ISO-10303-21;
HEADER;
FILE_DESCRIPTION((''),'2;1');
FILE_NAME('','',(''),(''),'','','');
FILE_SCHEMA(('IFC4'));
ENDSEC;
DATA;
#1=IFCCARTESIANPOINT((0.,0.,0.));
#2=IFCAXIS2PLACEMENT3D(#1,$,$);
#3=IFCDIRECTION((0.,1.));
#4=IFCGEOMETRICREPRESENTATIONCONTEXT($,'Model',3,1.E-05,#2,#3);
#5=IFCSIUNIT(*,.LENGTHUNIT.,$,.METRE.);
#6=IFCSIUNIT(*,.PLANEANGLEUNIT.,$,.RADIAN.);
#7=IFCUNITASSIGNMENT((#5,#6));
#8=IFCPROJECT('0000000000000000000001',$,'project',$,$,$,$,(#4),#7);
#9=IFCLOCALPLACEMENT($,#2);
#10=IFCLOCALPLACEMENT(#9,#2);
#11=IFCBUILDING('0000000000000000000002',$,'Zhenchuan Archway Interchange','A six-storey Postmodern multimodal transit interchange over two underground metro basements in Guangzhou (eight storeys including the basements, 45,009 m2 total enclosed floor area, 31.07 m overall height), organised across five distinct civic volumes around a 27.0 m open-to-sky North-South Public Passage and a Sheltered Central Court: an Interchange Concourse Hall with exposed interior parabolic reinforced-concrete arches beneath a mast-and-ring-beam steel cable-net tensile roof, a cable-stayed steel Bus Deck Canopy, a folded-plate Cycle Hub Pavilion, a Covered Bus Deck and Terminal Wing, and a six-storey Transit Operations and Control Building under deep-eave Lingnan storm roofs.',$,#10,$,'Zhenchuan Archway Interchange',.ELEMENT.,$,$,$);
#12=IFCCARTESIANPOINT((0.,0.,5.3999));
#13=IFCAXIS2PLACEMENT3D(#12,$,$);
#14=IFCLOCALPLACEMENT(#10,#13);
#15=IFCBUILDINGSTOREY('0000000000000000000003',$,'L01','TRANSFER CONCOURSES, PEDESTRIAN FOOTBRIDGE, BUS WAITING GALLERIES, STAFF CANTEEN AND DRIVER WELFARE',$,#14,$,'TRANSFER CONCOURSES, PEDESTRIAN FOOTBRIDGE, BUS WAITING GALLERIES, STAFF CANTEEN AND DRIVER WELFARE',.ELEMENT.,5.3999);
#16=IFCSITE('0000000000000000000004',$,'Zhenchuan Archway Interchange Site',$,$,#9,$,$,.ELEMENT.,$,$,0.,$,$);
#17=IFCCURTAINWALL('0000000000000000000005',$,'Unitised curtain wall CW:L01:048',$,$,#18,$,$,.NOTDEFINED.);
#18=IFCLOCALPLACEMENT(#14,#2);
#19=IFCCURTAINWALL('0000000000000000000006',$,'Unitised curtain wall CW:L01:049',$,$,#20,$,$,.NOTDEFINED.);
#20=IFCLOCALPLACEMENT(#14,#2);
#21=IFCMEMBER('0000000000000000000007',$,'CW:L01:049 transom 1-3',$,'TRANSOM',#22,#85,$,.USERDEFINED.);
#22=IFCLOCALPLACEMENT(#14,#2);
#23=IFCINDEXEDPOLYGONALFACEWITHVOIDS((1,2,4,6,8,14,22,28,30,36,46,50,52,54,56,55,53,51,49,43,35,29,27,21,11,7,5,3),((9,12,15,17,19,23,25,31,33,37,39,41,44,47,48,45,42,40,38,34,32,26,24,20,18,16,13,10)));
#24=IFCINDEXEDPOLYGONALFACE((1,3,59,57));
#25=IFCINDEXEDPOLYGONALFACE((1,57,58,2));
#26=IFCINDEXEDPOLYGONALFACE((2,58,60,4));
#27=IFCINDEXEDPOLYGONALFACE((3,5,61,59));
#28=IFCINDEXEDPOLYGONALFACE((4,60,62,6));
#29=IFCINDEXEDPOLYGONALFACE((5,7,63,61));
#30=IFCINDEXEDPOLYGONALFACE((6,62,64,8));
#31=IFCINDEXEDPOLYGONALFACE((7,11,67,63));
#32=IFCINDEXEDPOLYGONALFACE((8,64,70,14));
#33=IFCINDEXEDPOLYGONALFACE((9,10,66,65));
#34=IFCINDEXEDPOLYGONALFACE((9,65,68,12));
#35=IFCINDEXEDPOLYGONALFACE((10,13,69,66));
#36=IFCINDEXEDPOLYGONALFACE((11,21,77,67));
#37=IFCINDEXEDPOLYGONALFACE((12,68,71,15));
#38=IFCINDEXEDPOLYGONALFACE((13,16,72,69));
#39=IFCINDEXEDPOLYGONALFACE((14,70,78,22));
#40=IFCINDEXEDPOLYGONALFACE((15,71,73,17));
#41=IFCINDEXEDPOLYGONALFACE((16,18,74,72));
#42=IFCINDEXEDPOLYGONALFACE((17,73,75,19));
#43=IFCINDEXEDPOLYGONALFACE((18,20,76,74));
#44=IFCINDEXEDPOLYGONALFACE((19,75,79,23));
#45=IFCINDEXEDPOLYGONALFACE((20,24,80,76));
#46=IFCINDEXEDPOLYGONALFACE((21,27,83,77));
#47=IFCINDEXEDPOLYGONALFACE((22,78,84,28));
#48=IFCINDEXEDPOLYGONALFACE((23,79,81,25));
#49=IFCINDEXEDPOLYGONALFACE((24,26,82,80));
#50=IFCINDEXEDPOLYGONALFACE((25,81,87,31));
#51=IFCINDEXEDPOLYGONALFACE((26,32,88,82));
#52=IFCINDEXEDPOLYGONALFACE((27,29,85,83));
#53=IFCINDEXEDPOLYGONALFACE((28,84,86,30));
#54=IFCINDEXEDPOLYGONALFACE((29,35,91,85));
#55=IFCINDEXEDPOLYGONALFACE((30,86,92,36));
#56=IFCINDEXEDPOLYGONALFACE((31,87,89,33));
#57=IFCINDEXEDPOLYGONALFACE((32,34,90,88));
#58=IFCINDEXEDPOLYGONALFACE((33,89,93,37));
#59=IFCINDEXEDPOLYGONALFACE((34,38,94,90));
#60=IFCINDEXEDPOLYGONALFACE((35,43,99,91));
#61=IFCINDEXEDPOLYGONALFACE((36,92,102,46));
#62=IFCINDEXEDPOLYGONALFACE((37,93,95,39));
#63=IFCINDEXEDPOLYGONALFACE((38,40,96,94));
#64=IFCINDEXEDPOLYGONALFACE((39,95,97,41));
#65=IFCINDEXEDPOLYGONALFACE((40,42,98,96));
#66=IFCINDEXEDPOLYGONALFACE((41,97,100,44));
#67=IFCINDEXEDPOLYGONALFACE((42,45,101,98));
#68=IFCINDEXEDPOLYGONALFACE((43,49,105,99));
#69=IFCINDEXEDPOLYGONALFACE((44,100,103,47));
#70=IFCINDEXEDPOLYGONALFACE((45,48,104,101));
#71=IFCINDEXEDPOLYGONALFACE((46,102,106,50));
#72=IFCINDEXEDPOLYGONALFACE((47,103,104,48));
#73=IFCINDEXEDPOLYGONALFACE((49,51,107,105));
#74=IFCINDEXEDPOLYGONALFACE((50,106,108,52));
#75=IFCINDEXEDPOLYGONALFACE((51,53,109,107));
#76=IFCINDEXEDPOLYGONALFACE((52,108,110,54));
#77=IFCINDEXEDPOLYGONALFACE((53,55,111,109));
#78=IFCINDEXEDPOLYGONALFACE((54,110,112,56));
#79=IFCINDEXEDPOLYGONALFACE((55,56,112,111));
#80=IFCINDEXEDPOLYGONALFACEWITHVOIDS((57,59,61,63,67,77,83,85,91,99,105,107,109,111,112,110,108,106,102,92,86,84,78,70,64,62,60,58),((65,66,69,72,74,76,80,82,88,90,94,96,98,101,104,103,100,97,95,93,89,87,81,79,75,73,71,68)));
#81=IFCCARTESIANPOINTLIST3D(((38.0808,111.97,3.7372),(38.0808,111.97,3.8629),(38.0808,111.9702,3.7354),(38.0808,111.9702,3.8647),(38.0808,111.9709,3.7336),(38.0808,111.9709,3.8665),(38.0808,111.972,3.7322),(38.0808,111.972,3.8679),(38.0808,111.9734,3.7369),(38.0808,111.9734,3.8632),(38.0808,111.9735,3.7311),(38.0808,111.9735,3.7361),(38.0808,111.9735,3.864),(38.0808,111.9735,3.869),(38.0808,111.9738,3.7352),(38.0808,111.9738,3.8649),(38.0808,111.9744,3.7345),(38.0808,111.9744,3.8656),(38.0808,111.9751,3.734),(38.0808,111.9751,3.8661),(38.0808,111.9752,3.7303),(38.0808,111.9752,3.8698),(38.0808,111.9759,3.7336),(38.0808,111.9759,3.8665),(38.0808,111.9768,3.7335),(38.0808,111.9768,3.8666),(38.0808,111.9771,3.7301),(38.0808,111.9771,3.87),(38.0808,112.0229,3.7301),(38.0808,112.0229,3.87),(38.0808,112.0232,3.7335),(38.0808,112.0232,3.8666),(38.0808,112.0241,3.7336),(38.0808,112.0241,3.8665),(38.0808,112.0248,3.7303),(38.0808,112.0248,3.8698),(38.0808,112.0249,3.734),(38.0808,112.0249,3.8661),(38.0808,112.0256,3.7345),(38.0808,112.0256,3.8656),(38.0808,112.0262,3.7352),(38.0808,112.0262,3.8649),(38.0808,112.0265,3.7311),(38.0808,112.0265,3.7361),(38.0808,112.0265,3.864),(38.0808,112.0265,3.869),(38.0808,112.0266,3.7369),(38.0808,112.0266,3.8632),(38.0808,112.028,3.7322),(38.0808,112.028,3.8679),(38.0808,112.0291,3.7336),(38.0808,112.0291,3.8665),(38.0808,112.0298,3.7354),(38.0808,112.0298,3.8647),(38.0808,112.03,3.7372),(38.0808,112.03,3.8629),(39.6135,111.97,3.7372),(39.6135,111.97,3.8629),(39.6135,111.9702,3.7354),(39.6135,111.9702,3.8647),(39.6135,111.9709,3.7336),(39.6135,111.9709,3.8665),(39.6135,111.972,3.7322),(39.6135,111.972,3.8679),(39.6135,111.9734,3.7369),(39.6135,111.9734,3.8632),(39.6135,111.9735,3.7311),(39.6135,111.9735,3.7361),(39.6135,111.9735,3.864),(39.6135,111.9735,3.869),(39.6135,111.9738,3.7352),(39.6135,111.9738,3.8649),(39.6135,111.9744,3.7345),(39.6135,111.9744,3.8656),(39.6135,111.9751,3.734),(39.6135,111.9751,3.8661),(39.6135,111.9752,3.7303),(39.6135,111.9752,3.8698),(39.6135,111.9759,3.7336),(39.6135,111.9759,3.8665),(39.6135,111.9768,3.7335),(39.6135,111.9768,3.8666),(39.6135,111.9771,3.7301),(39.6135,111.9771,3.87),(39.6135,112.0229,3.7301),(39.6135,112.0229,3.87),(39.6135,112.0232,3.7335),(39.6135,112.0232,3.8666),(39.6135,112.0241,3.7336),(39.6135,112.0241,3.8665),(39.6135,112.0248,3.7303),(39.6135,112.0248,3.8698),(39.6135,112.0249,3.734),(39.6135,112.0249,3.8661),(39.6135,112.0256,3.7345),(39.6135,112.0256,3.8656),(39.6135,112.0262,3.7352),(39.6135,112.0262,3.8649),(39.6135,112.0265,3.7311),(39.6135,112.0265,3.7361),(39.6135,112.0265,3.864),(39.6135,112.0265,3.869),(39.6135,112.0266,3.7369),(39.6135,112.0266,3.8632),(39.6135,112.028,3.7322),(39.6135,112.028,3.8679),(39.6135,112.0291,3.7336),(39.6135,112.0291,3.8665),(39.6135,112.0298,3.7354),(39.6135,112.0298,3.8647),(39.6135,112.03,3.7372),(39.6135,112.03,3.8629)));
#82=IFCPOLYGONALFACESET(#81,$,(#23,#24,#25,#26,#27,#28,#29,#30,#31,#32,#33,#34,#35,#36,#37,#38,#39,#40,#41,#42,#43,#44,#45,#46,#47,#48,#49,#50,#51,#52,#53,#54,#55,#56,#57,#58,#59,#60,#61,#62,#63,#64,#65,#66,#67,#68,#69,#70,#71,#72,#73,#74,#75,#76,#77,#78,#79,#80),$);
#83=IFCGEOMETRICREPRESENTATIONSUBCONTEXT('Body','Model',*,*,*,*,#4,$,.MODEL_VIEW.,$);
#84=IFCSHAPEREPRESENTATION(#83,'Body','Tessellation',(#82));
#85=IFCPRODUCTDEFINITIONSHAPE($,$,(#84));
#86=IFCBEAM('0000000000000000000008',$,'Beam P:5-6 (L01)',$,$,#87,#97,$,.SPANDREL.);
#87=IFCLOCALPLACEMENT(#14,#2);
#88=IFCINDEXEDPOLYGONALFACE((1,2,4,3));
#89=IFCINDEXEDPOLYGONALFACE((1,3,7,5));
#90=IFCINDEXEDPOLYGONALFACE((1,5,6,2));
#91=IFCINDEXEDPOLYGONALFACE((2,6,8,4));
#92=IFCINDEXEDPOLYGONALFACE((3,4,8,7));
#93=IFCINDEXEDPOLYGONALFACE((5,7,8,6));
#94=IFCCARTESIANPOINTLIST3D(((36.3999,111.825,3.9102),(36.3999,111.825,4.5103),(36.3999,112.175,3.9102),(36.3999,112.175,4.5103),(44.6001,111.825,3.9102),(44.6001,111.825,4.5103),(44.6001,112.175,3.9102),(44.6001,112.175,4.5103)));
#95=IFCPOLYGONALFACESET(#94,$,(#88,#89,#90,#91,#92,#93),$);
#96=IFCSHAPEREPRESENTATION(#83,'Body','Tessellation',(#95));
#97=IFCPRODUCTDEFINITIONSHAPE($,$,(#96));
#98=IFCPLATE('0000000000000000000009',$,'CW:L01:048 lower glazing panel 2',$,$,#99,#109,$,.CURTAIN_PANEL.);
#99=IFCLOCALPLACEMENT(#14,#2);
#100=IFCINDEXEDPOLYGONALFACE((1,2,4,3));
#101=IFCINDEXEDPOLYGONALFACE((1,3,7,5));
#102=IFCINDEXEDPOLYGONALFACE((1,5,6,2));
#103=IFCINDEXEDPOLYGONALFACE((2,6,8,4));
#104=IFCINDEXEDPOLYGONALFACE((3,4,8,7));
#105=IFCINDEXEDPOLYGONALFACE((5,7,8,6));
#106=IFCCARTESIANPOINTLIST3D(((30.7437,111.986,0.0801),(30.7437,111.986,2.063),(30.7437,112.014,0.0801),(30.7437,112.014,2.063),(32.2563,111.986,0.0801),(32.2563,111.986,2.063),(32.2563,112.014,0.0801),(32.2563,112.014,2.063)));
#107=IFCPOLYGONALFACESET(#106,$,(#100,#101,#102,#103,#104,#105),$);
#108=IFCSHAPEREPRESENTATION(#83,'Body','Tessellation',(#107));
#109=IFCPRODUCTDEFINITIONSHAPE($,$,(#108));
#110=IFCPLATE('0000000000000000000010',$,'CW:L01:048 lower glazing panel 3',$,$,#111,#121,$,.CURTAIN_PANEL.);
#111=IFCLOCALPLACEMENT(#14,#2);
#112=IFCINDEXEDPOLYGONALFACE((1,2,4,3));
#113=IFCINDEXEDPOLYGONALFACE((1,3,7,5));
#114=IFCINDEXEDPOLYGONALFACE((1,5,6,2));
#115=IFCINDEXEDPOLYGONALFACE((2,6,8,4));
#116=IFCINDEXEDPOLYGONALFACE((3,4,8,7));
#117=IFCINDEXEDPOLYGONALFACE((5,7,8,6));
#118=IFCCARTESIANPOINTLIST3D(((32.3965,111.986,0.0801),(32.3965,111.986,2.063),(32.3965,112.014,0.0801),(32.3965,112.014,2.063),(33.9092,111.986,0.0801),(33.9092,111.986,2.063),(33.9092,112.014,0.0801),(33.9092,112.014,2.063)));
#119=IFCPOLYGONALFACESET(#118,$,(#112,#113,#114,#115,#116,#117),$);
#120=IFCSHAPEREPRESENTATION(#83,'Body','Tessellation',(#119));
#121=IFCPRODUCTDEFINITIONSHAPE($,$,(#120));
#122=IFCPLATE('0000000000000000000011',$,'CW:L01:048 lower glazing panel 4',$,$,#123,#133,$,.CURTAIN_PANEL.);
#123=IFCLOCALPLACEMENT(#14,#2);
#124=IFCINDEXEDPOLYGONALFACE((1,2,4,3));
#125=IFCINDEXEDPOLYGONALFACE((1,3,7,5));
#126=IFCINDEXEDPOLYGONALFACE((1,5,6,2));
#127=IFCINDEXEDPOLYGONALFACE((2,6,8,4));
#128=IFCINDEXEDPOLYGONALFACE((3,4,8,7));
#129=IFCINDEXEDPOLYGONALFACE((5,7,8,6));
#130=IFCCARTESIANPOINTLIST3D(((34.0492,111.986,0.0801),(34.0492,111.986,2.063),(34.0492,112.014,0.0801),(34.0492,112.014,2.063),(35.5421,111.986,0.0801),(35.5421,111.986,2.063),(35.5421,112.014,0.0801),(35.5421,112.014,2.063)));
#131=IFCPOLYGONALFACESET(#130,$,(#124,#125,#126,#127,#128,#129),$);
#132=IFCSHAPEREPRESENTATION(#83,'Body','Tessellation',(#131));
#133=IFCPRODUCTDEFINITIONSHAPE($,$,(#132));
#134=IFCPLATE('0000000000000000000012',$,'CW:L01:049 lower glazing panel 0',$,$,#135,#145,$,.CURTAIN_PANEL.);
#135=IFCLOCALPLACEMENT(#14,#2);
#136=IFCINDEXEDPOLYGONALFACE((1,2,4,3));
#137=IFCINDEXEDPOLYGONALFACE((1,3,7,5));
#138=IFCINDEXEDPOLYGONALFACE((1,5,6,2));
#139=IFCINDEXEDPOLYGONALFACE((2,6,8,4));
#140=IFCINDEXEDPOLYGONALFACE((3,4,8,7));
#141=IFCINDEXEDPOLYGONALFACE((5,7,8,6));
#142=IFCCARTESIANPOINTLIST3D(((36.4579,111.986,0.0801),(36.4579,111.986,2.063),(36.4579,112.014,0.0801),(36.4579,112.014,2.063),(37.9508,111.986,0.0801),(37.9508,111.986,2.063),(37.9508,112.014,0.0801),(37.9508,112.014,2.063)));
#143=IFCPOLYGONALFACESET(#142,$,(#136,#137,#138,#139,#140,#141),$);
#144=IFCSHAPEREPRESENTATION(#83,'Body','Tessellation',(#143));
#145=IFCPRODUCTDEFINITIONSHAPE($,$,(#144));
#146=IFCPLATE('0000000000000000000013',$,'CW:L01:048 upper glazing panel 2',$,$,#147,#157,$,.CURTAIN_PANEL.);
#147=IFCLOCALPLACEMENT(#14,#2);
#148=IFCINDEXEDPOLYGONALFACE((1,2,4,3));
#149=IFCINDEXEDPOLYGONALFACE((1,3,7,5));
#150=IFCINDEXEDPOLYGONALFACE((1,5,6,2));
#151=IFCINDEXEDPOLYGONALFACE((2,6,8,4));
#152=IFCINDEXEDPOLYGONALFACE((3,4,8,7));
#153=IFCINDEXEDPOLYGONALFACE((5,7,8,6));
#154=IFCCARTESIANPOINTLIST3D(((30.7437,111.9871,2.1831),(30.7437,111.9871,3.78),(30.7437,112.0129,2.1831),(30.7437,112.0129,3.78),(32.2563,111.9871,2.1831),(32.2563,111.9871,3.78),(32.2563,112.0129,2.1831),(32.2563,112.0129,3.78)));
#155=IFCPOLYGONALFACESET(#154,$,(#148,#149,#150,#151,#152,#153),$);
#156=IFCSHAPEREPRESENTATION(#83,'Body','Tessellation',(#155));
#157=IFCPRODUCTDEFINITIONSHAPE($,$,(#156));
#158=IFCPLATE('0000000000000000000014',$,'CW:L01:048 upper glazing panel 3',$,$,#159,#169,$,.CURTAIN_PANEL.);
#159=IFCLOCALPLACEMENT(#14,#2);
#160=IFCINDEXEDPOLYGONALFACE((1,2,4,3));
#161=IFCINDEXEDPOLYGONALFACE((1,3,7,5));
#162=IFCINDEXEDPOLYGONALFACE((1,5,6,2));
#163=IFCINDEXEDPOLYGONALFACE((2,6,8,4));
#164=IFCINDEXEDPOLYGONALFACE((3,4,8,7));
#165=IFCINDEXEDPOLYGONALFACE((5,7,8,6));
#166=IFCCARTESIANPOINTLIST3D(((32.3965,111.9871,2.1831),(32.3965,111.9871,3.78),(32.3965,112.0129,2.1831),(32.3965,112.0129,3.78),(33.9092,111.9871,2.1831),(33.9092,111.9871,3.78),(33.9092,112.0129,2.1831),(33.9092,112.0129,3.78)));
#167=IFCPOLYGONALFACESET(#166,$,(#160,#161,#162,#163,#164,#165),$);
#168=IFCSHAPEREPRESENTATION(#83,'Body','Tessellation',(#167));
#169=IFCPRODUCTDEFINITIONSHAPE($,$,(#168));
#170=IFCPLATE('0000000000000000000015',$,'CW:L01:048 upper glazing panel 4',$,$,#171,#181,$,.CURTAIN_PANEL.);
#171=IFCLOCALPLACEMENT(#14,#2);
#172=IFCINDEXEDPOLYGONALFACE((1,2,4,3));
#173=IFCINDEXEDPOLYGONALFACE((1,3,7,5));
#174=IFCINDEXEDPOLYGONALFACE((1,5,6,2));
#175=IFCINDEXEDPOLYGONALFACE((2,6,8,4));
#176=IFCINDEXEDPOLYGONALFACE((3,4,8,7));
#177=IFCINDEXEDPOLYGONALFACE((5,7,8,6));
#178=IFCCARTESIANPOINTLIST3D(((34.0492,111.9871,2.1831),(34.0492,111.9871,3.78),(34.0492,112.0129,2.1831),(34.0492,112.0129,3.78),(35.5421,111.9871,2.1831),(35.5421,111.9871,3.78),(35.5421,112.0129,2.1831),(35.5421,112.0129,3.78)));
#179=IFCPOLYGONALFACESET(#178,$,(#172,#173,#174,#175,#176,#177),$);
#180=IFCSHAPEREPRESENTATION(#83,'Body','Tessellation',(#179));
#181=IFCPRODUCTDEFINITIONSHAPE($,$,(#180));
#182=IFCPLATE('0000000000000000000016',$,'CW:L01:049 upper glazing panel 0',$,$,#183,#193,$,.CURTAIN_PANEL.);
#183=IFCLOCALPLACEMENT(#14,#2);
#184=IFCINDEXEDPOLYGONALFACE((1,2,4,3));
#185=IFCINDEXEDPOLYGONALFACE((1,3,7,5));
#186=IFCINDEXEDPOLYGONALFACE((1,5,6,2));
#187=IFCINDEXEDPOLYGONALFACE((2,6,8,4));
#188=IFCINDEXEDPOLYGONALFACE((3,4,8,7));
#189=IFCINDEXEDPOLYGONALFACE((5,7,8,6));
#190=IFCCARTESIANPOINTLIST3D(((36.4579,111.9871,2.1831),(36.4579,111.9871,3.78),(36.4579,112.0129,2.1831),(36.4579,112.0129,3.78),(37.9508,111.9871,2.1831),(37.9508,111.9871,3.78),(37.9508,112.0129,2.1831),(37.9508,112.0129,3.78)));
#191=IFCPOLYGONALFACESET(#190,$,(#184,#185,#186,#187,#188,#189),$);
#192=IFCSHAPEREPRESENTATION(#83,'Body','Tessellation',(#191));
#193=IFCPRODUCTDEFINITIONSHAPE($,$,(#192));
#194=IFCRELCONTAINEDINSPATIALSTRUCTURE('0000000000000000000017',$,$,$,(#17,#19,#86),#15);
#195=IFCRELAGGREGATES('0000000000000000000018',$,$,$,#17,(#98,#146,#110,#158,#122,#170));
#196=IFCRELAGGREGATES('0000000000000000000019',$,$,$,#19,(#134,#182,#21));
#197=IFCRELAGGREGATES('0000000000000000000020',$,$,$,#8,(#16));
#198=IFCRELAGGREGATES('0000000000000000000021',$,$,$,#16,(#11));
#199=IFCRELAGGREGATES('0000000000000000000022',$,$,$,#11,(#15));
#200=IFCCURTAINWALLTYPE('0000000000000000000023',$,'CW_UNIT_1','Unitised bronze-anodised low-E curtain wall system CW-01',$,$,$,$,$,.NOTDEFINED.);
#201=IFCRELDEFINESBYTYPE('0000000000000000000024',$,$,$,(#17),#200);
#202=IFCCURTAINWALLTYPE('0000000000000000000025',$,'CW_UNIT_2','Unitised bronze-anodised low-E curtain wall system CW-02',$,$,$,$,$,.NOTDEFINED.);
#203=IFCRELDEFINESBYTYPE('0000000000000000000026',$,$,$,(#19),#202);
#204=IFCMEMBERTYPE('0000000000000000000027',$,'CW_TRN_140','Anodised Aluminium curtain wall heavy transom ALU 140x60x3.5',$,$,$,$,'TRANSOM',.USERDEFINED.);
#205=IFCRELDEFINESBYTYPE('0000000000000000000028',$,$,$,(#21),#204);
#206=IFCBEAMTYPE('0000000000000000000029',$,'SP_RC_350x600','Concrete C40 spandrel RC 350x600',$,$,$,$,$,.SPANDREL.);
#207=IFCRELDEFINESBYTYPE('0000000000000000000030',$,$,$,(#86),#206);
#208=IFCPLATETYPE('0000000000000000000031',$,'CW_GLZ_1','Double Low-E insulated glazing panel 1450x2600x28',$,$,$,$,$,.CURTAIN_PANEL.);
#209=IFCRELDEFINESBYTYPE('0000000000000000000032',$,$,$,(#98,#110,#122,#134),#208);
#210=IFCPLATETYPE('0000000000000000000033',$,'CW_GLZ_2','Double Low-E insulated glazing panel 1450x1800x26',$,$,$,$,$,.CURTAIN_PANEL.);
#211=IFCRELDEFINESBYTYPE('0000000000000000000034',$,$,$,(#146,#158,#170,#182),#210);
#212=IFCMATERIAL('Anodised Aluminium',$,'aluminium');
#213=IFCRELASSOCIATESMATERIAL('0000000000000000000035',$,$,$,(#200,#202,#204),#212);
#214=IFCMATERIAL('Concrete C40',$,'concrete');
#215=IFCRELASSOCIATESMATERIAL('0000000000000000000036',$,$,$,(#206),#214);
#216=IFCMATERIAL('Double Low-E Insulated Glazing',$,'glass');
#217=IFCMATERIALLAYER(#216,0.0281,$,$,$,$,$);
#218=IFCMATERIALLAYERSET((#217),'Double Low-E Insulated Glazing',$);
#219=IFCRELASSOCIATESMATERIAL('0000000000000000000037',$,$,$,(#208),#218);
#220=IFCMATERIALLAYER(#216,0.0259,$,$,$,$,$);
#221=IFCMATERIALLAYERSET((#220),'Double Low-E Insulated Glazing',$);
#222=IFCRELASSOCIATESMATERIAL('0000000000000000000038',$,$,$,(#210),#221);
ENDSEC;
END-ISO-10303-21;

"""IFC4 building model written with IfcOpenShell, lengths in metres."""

from ifc_helpers import new_model, si_unit, direction, frame, origin, origin_2d, place, context, subcontext, project, spatial, rectangle, hollow_rectangle, extrude, material, layer, layer_set, material_profile, profile_set, type_object, element, aggregate, save


model = new_model("IFC4")

# Units and contexts
model_context = context("Model", 3, precision=1e-05, world=origin(), true_north=direction((0.0, 1.0)))
body_context = subcontext(model_context, "Body", "Model", "MODEL_VIEW")
ifc_project = project(units=[si_unit("LENGTHUNIT", "METRE"), si_unit("PLANEANGLEUNIT", "RADIAN")], contexts=[model_context])

# Site, building, storey
site_placement = place(None, origin())
site = spatial("IfcSite", under=ifc_project, at=site_placement, Name="Zhenchuan Archway Interchange Site", CompositionType="ELEMENT", RefElevation=0.0)
building_placement = place(site_placement, origin())
building = spatial("IfcBuilding", under=site, at=building_placement, Name="Zhenchuan Archway Interchange", Description="A six-storey Postmodern multimodal transit interchange over two underground metro basements in Guangzhou (eight storeys including the basements, 45,009 m2 total enclosed floor area, 31.07 m overall height), organised across five distinct civic volumes around a 27.0 m open-to-sky North-South Public Passage and a Sheltered Central Court: an Interchange Concourse Hall with exposed interior parabolic reinforced-concrete arches beneath a mast-and-ring-beam steel cable-net tensile roof, a cable-stayed steel Bus Deck Canopy, a folded-plate Cycle Hub Pavilion, a Covered Bus Deck and Terminal Wing, and a six-storey Transit Operations and Control Building under deep-eave Lingnan storm roofs.", LongName="Zhenchuan Archway Interchange", CompositionType="ELEMENT")
storey_placement = place(building_placement, frame((0.0, 0.0, 5.3999)))
storey = spatial("IfcBuildingStorey", under=building, at=storey_placement, Name="L01", Description="TRANSFER CONCOURSES, PEDESTRIAN FOOTBRIDGE, BUS WAITING GALLERIES, STAFF CANTEEN AND DRIVER WELFARE", LongName="TRANSFER CONCOURSES, PEDESTRIAN FOOTBRIDGE, BUS WAITING GALLERIES, STAFF CANTEEN AND DRIVER WELFARE", CompositionType="ELEMENT", Elevation=5.3999)

# Shared definitions
ifc_material_1 = material(Name="Concrete C40", Category="concrete")

# Curtain walls
ifc_material_2 = material(Name="Anodised Aluminium", Category="aluminium")
curtain_wall_type_1 = type_object("IfcCurtainWallType", Name="CW_UNIT_1", Description="Unitised bronze-anodised low-E curtain wall system CW-01", PredefinedType="NOTDEFINED", material=ifc_material_2)
curtain_wall_1_placement = place(storey_placement, origin())
curtain_wall_1 = element("IfcCurtainWall", 1, at=curtain_wall_1_placement, inside=storey, type_object=curtain_wall_type_1, Name="Unitised curtain wall CW:L01:048", PredefinedType="NOTDEFINED")
curtain_wall_type_2 = type_object("IfcCurtainWallType", Name="CW_UNIT_2", Description="Unitised bronze-anodised low-E curtain wall system CW-02", PredefinedType="NOTDEFINED", material=ifc_material_2)
curtain_wall_2_placement = place(storey_placement, origin())
curtain_wall_2 = element("IfcCurtainWall", 2, at=curtain_wall_2_placement, inside=storey, type_object=curtain_wall_type_2, Name="Unitised curtain wall CW:L01:049", PredefinedType="NOTDEFINED")

# Member
ifc_material_profile_1 = material_profile(ifc_material_2, hollow_rectangle(XDim=0.0601, YDim=0.1399, WallThickness=0.0034, InnerFilletRadius=0.0034, OuterFilletRadius=0.0071, at=origin_2d()), Name="ALU 140x60x3.5")
ifc_profile_set_1 = profile_set([ifc_material_profile_1], Name="Anodised Aluminium")
member_type_1 = type_object("IfcMemberType", Name="CW_TRN_140", Description="Anodised Aluminium curtain wall heavy transom ALU 140x60x3.5", ElementType="TRANSOM", PredefinedType="USERDEFINED", material=ifc_profile_set_1)
member_1_placement = place(storey_placement, frame((38.0808, 112.0, 3.8), z_axis=(1.0, 0.0, 0.0), x_axis=(0.0, 1.0, 0.0)))
member_1 = element("IfcMember", 3, at=member_1_placement, type_object=member_type_1, Name="CW:L01:049 transom 1-3", ObjectType="TRANSOM", PredefinedType="USERDEFINED", context=body_context, shape_type="SweptSolid", body=[
    extrude(hollow_rectangle(XDim=0.0601, YDim=0.1399, WallThickness=0.0034, InnerFilletRadius=0.0034, OuterFilletRadius=0.0071, at=origin_2d()), origin(), (0.0, 0.0, 1.0), 1.5327),
])

# Beam
ifc_material_profile_2 = material_profile(ifc_material_1, rectangle(XDim=0.3501, YDim=0.6001, at=origin_2d()), Name="RC 350x600")
ifc_profile_set_2 = profile_set([ifc_material_profile_2], Name="Concrete C40")
beam_type = type_object("IfcBeamType", Name="SP_RC_350x600", Description="Concrete C40 spandrel RC 350x600", PredefinedType="SPANDREL", material=ifc_profile_set_2)
beam_placement = place(storey_placement, frame((36.3999, 112.0, 4.2102), z_axis=(1.0, 0.0, 0.0), x_axis=(0.0, 1.0, 0.0)))
element("IfcBeam", 4, at=beam_placement, inside=storey, type_object=beam_type, Name="Beam P:5-6 (L01)", PredefinedType="SPANDREL", context=body_context, shape_type="SweptSolid", body=[
    extrude(rectangle(XDim=0.3501, YDim=0.6001, at=origin_2d()), origin(), (0.0, 0.0, 1.0), 8.2002),
])

# Plates
ifc_material_3 = material(Name="Double Low-E Insulated Glazing", Category="glass")
ifc_layer_1 = layer(ifc_material_3, 0.0281)
ifc_layer_set_1 = layer_set([ifc_layer_1], Name="Double Low-E Insulated Glazing")
plate_type_1 = type_object("IfcPlateType", Name="CW_GLZ_1", Description="Double Low-E insulated glazing panel 1450x2600x28", PredefinedType="CURTAIN_PANEL", material=ifc_layer_set_1)
plate_1_placement = place(storey_placement, frame((31.5, 112.0, 0.0801), z_axis=(0.0, 0.0, 1.0), x_axis=(1.0, 0.0, 0.0)))
plate_1 = element("IfcPlate", 5, at=plate_1_placement, type_object=plate_type_1, Name="CW:L01:048 lower glazing panel 2", PredefinedType="CURTAIN_PANEL", context=body_context, shape_type="SweptSolid", body=[
    extrude(rectangle(XDim=1.5127, YDim=0.0281, at=origin_2d()), origin(), (0.0, 0.0, 1.0), 1.9829),
])
plate_2_placement = place(storey_placement, frame((33.1528, 112.0, 0.0801), z_axis=(0.0, 0.0, 1.0), x_axis=(1.0, 0.0, 0.0)))
plate_2 = element("IfcPlate", 6, at=plate_2_placement, type_object=plate_type_1, Name="CW:L01:048 lower glazing panel 3", PredefinedType="CURTAIN_PANEL", context=body_context, shape_type="SweptSolid", body=[
    extrude(rectangle(XDim=1.5127, YDim=0.0281, at=origin_2d()), origin(), (0.0, 0.0, 1.0), 1.9829),
])
plate_3_placement = place(storey_placement, frame((34.7957, 112.0, 0.0801), z_axis=(0.0, 0.0, 1.0), x_axis=(1.0, 0.0, 0.0)))
plate_3 = element("IfcPlate", 7, at=plate_3_placement, type_object=plate_type_1, Name="CW:L01:048 lower glazing panel 4", PredefinedType="CURTAIN_PANEL", context=body_context, shape_type="SweptSolid", body=[
    extrude(rectangle(XDim=1.4929, YDim=0.0281, at=origin_2d()), origin(), (0.0, 0.0, 1.0), 1.9829),
])
plate_4_placement = place(storey_placement, frame((37.2043, 112.0, 0.0801), z_axis=(0.0, 0.0, 1.0), x_axis=(1.0, 0.0, 0.0)))
plate_4 = element("IfcPlate", 8, at=plate_4_placement, type_object=plate_type_1, Name="CW:L01:049 lower glazing panel 0", PredefinedType="CURTAIN_PANEL", context=body_context, shape_type="SweptSolid", body=[
    extrude(rectangle(XDim=1.4929, YDim=0.0281, at=origin_2d()), origin(), (0.0, 0.0, 1.0), 1.9829),
])
ifc_layer_2 = layer(ifc_material_3, 0.0259)
ifc_layer_set_2 = layer_set([ifc_layer_2], Name="Double Low-E Insulated Glazing")
plate_type_2 = type_object("IfcPlateType", Name="CW_GLZ_2", Description="Double Low-E insulated glazing panel 1450x1800x26", PredefinedType="CURTAIN_PANEL", material=ifc_layer_set_2)
plate_5_placement = place(storey_placement, frame((31.5, 112.0, 2.1831), z_axis=(0.0, 0.0, 1.0), x_axis=(1.0, 0.0, 0.0)))
plate_5 = element("IfcPlate", 9, at=plate_5_placement, type_object=plate_type_2, Name="CW:L01:048 upper glazing panel 2", PredefinedType="CURTAIN_PANEL", context=body_context, shape_type="SweptSolid", body=[
    extrude(rectangle(XDim=1.5127, YDim=0.0259, at=origin_2d()), origin(), (0.0, 0.0, 1.0), 1.5969),
])
plate_6_placement = place(storey_placement, frame((33.1528, 112.0, 2.1831), z_axis=(0.0, 0.0, 1.0), x_axis=(1.0, 0.0, 0.0)))
plate_6 = element("IfcPlate", 10, at=plate_6_placement, type_object=plate_type_2, Name="CW:L01:048 upper glazing panel 3", PredefinedType="CURTAIN_PANEL", context=body_context, shape_type="SweptSolid", body=[
    extrude(rectangle(XDim=1.5127, YDim=0.0259, at=origin_2d()), origin(), (0.0, 0.0, 1.0), 1.5969),
])
plate_7_placement = place(storey_placement, frame((34.7957, 112.0, 2.1831), z_axis=(0.0, 0.0, 1.0), x_axis=(1.0, 0.0, 0.0)))
plate_7 = element("IfcPlate", 11, at=plate_7_placement, type_object=plate_type_2, Name="CW:L01:048 upper glazing panel 4", PredefinedType="CURTAIN_PANEL", context=body_context, shape_type="SweptSolid", body=[
    extrude(rectangle(XDim=1.4929, YDim=0.0259, at=origin_2d()), origin(), (0.0, 0.0, 1.0), 1.5969),
])
aggregate(curtain_wall_1, [plate_1, plate_5, plate_2, plate_6, plate_3, plate_7])
plate_8_placement = place(storey_placement, frame((37.2043, 112.0, 2.1831), z_axis=(0.0, 0.0, 1.0), x_axis=(1.0, 0.0, 0.0)))
plate_8 = element("IfcPlate", 12, at=plate_8_placement, type_object=plate_type_2, Name="CW:L01:049 upper glazing panel 0", PredefinedType="CURTAIN_PANEL", context=body_context, shape_type="SweptSolid", body=[
    extrude(rectangle(XDim=1.4929, YDim=0.0259, at=origin_2d()), origin(), (0.0, 0.0, 1.0), 1.5969),
])
aggregate(curtain_wall_2, [plate_4, plate_8, member_1])

save(model, "model.ifc")
